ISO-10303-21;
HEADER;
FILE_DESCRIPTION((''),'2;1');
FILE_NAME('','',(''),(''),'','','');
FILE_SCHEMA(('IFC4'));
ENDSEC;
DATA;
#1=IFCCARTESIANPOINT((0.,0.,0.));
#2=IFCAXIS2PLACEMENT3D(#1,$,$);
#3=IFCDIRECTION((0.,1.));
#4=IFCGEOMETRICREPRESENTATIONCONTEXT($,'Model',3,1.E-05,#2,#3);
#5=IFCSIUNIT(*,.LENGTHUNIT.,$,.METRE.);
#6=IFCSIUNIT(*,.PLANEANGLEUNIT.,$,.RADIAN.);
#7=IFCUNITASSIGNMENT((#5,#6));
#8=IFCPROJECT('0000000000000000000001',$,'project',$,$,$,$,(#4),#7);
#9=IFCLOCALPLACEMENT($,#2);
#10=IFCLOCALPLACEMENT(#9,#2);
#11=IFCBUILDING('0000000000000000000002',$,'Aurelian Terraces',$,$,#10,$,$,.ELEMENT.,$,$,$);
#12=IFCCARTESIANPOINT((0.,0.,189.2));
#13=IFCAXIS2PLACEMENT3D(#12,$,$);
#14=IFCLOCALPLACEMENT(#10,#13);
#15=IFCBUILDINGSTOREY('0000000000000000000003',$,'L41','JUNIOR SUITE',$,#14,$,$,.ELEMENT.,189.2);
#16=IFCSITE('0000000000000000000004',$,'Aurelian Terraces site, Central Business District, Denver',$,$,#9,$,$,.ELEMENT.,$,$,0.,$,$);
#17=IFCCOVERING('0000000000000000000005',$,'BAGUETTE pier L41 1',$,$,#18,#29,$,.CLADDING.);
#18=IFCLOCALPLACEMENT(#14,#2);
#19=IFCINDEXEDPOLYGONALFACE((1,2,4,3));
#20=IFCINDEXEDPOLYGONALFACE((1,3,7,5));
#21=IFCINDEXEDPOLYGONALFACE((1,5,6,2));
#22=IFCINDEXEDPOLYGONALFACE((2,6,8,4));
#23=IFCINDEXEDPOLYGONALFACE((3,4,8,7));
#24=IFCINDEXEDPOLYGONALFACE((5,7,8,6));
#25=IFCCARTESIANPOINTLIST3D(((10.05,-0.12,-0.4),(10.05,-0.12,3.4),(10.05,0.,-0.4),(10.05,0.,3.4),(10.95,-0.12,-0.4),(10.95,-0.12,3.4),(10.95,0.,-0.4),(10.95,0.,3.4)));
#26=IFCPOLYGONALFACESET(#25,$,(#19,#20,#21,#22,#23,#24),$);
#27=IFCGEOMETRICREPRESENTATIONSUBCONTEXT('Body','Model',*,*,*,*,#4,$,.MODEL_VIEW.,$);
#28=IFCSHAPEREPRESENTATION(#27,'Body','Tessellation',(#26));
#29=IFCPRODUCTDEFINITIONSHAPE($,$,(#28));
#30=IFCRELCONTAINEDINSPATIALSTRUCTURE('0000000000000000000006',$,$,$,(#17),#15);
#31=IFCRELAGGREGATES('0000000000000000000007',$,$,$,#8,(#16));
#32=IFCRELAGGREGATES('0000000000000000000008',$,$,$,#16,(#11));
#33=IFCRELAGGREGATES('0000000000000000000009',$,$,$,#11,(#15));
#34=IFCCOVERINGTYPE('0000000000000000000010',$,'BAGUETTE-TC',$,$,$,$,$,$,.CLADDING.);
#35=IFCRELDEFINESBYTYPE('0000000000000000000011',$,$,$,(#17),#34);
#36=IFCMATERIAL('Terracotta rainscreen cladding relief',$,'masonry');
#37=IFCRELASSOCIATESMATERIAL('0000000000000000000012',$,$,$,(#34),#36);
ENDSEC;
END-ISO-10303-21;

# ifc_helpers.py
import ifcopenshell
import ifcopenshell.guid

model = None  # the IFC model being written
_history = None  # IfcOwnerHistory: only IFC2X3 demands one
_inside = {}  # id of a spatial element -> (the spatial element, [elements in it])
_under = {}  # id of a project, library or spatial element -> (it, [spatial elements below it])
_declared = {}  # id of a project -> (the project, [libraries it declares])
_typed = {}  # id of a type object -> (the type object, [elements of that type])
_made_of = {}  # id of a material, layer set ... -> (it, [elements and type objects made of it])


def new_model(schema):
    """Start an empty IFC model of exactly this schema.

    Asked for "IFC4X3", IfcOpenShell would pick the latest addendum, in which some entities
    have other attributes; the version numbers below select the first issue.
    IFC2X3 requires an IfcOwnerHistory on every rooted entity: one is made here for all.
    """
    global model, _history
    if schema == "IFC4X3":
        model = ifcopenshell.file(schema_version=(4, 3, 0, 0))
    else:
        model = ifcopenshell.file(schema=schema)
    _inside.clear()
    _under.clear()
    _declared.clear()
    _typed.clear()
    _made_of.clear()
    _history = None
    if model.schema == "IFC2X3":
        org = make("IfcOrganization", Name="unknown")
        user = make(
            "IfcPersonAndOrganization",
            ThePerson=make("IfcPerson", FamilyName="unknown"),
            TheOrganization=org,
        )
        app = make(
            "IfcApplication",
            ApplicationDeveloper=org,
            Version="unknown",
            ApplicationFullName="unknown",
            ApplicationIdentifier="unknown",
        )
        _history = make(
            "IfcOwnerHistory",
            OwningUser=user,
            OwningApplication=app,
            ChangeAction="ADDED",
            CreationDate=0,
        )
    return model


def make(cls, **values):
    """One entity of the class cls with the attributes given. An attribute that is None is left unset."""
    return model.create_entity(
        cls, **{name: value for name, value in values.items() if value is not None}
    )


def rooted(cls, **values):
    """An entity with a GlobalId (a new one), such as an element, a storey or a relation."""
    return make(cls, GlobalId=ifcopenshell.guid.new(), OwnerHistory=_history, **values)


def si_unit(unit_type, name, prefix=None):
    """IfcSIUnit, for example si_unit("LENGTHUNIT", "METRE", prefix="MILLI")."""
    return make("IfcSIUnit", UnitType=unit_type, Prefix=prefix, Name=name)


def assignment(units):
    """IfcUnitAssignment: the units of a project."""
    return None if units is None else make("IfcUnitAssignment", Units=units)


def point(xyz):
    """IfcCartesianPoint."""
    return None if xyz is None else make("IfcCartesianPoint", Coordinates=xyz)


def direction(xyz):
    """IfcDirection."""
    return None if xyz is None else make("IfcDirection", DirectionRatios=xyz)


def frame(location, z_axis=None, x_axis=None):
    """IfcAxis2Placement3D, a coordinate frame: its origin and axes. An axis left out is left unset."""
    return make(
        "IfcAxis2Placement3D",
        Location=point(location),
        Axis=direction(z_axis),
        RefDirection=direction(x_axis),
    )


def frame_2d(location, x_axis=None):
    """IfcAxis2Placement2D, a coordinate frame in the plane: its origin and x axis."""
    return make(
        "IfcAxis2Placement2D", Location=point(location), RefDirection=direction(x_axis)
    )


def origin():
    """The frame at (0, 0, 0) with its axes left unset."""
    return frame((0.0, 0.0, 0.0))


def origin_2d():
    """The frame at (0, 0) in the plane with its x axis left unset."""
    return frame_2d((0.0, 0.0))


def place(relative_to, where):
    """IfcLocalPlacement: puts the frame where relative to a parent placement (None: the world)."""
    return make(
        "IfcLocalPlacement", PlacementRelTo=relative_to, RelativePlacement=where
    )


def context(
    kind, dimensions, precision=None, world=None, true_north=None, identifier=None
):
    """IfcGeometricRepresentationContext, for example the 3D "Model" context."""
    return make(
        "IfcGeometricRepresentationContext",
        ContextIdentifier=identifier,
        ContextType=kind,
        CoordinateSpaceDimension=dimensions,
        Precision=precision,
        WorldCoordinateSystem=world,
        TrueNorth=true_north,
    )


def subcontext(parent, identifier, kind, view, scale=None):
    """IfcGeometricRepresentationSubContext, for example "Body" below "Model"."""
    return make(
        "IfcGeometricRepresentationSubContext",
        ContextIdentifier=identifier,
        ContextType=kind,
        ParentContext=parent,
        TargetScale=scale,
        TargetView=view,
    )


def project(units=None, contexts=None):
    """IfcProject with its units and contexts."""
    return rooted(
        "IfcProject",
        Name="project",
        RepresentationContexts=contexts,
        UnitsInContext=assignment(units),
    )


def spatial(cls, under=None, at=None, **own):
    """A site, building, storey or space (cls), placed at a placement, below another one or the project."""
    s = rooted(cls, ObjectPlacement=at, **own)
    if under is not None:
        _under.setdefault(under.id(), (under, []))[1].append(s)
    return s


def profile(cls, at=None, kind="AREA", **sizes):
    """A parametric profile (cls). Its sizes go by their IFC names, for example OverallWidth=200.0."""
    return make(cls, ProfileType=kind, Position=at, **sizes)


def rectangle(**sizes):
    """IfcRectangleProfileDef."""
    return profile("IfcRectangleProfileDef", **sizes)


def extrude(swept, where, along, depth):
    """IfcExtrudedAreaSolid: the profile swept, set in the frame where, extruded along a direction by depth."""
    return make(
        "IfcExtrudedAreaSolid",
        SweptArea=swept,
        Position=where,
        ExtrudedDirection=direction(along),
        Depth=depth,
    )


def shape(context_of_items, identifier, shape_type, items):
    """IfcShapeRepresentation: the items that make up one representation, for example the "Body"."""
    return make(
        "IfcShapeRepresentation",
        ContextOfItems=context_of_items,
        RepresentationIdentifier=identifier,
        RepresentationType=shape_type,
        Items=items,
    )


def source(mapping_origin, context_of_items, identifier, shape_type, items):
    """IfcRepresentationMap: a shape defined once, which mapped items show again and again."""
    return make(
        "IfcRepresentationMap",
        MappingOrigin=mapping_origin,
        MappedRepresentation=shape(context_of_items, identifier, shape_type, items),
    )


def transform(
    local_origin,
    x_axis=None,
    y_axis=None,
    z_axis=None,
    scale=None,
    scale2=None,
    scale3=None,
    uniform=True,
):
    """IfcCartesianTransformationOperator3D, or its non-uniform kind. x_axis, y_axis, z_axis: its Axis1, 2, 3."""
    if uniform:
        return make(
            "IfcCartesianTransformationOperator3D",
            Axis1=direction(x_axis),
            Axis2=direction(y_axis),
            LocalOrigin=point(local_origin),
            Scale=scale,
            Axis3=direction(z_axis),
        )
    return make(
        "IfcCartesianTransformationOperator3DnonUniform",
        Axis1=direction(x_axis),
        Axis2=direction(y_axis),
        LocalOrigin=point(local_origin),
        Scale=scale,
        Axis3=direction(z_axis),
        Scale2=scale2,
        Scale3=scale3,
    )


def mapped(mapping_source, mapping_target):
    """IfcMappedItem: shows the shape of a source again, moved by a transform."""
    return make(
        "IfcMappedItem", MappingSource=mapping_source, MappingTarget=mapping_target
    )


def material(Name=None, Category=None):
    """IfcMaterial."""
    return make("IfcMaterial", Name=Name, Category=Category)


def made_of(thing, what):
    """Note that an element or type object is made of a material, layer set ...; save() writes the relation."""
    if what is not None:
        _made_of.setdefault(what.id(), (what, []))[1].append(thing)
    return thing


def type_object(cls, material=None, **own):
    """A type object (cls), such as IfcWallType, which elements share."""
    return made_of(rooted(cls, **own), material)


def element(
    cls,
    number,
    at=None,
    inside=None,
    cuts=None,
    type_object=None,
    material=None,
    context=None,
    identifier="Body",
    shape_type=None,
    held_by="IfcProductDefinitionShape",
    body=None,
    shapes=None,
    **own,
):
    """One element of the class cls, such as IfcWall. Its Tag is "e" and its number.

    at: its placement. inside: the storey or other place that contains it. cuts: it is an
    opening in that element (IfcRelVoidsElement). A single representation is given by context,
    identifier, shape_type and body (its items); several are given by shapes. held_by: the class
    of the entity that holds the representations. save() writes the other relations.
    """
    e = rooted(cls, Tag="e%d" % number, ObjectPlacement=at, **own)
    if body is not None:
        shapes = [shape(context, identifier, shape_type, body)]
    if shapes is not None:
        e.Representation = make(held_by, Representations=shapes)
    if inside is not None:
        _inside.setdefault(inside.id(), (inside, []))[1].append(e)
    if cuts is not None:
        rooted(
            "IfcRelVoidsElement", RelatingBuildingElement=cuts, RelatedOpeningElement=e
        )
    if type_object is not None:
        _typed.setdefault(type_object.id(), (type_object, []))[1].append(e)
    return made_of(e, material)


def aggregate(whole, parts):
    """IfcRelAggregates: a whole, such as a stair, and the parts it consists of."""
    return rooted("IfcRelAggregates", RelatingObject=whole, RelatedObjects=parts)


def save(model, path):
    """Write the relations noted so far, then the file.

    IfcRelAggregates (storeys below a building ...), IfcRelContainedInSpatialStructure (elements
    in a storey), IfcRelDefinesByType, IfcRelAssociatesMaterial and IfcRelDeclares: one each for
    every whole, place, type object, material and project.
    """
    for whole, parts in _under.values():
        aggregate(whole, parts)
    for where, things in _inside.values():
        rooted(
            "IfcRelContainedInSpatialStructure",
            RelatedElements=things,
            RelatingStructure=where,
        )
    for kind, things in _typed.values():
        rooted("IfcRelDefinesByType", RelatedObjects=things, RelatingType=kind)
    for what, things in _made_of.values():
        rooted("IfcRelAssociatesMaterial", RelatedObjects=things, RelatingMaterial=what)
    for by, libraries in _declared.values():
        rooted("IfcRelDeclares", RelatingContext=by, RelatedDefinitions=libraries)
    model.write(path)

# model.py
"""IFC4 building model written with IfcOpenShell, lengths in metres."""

from ifc_helpers import new_model, si_unit, direction, frame, origin, origin_2d, place, context, subcontext, project, spatial, rectangle, extrude, source, transform, mapped, material, type_object, element, save


model = new_model("IFC4")

# Units and contexts
model_context = context("Model", 3, precision=1e-05, world=origin(), true_north=direction((0.0, 1.0)))
body_context = subcontext(model_context, "Body", "Model", "MODEL_VIEW")
ifc_project = project(units=[si_unit("LENGTHUNIT", "METRE"), si_unit("PLANEANGLEUNIT", "RADIAN")], contexts=[model_context])

# Site, building, storey
site_placement = place(None, origin())
site = spatial("IfcSite", under=ifc_project, at=site_placement, Name="Aurelian Terraces site, Central Business District, Denver", CompositionType="ELEMENT", RefElevation=0.0)
building_placement = place(site_placement, origin())
building = spatial("IfcBuilding", under=site, at=building_placement, Name="Aurelian Terraces", CompositionType="ELEMENT")
storey_placement = place(building_placement, frame((0.0, 0.0, 189.2)))
storey = spatial("IfcBuildingStorey", under=building, at=storey_placement, Name="L41", Description="JUNIOR SUITE", CompositionType="ELEMENT", Elevation=189.2)

# Covering
ifc_material_1 = material(Name="Terracotta rainscreen cladding relief", Category="masonry")
covering_type = type_object("IfcCoveringType", Name="BAGUETTE-TC", PredefinedType="CLADDING", material=ifc_material_1)
shared_shape_1 = source(origin(), body_context, "Body", "SweptSolid", [
    extrude(rectangle(XDim=0.9, YDim=0.12, at=origin_2d()), origin(), (0.0, 0.0, 1.0), 3.8),
])
covering_placement = place(storey_placement, frame((10.5, -0.06, -0.4), z_axis=(0.0, 0.0, 1.0), x_axis=(1.0, 0.0, 0.0)))
element("IfcCovering", 1, at=covering_placement, inside=storey, type_object=covering_type, Name="BAGUETTE pier L41 1", PredefinedType="CLADDING", context=body_context, shape_type="MappedRepresentation", body=[
    mapped(shared_shape_1, transform((0.0, 0.0, 0.0), scale=1.0)),
])

save(model, "model.ifc")
